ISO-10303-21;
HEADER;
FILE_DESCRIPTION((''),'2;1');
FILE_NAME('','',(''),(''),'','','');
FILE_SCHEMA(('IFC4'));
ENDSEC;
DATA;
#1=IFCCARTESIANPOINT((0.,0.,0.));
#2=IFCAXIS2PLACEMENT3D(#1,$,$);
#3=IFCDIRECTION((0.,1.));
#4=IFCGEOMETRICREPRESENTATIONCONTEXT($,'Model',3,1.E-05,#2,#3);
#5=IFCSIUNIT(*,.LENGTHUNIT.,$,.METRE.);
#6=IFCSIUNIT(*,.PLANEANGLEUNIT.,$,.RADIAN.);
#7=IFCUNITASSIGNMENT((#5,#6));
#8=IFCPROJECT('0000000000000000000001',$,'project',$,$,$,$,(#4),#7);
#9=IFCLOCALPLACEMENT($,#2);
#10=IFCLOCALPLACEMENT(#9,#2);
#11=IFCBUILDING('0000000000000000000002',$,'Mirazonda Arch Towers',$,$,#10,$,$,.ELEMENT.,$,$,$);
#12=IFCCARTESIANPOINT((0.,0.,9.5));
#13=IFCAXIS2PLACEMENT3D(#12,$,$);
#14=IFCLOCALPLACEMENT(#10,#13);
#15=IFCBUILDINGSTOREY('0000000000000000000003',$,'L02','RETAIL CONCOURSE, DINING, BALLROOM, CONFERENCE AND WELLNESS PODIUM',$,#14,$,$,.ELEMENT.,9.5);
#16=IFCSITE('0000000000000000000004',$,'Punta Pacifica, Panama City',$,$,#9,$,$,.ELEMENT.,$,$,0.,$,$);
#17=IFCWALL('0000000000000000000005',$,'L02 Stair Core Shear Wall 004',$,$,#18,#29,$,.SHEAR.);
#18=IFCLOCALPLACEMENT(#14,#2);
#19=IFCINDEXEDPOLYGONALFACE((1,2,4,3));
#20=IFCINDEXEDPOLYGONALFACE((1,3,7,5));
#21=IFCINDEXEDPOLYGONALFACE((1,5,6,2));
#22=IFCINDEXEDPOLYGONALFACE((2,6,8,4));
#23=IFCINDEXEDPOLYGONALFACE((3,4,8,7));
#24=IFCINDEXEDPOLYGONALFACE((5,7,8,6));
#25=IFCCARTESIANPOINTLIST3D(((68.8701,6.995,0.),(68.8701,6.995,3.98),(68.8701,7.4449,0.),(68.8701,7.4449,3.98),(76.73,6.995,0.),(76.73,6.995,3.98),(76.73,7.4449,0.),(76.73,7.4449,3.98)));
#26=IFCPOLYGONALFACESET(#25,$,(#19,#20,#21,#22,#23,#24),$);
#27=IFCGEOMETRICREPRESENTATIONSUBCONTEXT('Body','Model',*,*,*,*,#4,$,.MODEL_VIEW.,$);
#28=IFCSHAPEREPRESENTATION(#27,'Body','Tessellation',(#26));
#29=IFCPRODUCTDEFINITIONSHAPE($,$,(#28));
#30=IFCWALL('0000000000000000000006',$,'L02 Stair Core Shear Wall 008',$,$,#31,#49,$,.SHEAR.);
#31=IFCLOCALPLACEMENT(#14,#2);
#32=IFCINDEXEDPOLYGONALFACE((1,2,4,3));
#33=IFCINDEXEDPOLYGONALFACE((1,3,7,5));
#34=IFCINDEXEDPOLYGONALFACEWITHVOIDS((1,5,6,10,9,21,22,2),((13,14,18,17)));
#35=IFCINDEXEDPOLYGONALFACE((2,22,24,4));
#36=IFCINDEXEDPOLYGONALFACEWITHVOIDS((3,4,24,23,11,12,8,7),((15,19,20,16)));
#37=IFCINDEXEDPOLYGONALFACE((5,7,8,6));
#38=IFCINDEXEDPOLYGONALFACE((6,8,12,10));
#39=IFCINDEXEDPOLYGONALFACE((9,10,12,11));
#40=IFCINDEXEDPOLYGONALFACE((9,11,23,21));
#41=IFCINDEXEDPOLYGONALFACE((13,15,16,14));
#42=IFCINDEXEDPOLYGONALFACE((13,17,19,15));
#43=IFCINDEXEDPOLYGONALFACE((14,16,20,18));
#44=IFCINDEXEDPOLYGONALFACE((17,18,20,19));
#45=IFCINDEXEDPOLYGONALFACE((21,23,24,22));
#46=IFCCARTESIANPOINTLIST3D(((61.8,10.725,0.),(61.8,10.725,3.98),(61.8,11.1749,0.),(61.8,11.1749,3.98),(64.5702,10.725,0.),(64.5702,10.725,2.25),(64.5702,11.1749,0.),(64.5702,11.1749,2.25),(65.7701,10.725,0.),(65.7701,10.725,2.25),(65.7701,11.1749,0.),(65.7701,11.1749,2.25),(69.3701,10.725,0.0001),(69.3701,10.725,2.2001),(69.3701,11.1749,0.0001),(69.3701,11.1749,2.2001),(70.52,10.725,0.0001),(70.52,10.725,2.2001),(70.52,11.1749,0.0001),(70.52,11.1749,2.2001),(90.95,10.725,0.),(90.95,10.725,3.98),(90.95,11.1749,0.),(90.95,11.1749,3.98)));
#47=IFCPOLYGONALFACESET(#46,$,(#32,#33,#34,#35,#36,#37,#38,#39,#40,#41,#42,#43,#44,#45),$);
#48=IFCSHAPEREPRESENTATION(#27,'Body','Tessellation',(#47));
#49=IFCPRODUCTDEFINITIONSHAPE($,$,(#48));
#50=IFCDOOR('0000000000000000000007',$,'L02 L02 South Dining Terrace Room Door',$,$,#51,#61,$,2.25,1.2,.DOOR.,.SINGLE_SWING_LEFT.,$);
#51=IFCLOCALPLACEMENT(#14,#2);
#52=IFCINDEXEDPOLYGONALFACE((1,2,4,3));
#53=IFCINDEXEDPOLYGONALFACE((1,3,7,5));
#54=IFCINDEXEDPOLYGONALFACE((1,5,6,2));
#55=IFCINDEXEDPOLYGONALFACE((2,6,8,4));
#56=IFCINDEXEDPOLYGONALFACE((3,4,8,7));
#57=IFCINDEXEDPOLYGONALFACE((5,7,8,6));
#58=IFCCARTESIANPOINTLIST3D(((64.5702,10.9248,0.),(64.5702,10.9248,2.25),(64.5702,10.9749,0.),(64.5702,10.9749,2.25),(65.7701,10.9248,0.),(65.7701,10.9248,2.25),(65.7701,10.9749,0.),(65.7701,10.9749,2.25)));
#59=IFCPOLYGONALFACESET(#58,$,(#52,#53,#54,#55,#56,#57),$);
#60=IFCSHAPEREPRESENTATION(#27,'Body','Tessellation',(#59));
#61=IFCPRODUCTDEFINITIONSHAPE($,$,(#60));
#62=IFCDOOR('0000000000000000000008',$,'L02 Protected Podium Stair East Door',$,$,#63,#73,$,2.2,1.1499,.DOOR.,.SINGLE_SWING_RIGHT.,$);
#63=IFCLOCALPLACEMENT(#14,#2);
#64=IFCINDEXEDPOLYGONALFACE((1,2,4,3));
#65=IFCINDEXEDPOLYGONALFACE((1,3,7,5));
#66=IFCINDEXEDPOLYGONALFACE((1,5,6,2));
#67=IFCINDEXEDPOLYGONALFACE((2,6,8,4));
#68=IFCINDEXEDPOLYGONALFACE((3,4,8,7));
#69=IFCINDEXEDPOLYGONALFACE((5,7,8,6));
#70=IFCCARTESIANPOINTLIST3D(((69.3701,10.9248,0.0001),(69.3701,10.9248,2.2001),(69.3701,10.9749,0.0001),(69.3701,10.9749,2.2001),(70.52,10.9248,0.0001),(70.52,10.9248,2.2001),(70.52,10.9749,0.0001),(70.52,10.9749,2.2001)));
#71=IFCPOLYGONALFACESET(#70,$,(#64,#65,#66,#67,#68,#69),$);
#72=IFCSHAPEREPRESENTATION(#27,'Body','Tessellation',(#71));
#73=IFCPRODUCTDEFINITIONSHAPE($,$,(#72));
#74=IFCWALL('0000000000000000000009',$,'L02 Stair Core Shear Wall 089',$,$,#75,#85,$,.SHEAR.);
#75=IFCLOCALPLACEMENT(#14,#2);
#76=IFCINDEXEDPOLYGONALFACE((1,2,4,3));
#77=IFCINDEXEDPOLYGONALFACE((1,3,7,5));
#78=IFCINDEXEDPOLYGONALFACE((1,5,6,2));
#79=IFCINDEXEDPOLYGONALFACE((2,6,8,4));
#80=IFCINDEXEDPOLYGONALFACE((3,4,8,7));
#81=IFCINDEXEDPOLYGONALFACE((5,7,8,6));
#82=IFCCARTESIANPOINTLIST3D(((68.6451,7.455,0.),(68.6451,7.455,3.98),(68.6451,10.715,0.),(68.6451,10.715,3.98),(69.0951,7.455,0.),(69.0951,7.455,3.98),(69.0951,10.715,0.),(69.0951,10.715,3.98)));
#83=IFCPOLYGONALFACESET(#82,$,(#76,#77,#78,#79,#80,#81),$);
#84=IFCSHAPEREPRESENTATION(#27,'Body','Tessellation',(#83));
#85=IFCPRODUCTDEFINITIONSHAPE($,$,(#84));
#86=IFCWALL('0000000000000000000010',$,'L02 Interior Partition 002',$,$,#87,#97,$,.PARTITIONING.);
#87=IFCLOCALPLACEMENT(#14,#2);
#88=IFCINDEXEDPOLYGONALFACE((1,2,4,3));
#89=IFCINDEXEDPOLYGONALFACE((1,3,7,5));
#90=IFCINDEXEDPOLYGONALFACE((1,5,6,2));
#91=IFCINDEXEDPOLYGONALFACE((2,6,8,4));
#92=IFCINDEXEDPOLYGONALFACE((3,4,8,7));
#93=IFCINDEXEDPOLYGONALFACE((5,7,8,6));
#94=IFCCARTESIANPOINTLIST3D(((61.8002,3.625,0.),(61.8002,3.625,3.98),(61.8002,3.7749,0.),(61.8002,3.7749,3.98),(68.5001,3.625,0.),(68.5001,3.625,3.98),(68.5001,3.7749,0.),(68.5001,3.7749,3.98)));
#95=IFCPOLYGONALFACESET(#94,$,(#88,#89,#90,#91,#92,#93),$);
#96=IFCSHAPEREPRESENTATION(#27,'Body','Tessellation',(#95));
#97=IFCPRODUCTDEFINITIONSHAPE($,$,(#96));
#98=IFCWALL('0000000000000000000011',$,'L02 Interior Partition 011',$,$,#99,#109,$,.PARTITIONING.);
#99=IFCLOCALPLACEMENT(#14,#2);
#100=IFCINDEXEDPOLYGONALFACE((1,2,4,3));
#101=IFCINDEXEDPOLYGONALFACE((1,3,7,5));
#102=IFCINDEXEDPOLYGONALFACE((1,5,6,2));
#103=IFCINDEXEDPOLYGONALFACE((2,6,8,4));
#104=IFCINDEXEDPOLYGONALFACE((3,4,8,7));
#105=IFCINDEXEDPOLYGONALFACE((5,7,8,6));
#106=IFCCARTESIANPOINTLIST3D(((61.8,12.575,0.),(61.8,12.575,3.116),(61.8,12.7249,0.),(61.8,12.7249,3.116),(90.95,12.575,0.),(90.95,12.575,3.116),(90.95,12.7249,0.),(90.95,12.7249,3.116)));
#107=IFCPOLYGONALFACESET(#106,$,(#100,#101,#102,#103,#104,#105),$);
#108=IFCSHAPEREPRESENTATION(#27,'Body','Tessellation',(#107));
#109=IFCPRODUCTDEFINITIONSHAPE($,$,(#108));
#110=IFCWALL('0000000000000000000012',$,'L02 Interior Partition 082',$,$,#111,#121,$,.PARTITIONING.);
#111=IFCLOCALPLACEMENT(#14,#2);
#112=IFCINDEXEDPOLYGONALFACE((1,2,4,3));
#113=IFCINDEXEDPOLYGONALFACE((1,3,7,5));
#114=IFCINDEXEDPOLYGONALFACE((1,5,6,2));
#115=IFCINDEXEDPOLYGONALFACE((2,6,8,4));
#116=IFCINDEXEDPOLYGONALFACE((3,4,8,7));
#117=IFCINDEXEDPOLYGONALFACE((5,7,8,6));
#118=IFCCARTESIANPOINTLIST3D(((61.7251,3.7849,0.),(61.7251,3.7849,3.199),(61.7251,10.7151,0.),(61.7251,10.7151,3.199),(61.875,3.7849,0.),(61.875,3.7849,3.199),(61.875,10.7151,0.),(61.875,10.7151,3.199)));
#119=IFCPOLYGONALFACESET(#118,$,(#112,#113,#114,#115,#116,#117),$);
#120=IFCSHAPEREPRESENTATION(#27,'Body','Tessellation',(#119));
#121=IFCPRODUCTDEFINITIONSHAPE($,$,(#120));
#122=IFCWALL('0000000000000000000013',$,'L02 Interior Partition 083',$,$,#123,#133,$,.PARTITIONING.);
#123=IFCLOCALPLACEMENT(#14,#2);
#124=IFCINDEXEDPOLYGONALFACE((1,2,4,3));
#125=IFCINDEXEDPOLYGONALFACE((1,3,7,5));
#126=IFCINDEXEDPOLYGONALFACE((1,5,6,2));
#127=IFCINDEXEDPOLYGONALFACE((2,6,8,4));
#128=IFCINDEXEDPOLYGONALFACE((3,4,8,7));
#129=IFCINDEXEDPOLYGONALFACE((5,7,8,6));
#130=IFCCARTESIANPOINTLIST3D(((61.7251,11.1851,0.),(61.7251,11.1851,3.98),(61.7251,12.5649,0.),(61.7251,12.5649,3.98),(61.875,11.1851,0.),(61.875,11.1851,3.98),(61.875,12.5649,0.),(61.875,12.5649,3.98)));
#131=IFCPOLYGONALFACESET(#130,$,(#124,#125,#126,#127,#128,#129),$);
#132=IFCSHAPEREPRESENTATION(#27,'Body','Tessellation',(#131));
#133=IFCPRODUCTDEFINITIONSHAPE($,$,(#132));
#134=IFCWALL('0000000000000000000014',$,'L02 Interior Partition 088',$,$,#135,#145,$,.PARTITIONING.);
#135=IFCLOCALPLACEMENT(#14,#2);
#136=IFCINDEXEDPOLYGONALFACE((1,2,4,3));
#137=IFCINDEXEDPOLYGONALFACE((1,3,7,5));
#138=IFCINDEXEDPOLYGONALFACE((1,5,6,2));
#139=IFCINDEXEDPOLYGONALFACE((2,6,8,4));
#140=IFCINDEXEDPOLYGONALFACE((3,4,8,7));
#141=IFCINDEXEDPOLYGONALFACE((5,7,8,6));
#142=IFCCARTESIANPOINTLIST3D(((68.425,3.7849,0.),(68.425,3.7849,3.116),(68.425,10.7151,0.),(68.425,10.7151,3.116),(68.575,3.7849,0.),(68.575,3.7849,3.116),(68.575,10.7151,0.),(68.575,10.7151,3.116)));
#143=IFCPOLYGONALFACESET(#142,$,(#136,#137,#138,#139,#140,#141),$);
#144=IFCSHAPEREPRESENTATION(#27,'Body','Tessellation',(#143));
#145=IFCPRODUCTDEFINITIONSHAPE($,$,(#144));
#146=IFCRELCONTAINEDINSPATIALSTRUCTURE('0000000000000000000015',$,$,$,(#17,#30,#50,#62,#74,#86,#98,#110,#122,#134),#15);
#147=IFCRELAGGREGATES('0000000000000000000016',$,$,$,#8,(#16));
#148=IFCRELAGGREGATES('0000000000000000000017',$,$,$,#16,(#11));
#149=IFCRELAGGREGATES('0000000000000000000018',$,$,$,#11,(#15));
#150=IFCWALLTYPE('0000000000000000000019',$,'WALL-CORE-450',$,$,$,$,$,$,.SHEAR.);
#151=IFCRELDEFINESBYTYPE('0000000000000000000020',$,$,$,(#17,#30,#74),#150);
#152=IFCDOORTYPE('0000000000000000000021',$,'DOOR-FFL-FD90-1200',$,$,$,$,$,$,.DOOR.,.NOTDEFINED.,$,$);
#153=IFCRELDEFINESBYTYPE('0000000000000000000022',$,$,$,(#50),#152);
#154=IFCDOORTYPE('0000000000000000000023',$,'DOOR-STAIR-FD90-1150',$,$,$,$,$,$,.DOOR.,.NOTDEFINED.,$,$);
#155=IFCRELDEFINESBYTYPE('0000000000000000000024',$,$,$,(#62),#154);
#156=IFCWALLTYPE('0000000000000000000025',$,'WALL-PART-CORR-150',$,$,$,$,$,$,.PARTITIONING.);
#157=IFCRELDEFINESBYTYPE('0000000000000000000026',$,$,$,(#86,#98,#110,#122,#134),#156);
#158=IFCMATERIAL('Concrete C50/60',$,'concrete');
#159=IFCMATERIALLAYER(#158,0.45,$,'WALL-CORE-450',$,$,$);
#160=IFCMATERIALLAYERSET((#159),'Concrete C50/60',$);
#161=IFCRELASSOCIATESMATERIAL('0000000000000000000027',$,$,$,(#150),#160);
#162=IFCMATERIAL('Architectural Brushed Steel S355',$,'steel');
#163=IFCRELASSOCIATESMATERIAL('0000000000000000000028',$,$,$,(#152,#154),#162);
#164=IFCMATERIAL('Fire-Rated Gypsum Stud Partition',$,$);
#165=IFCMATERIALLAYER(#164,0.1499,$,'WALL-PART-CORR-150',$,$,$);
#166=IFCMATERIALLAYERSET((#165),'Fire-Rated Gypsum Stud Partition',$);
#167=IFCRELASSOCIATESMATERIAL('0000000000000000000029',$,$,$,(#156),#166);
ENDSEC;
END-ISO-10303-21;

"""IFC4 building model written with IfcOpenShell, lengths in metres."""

from ifc_helpers import new_model, si_unit, direction, frame, frame_2d, origin, place, context, subcontext, project, spatial, rectangle, extrude, material, layer, layer_set, type_object, element, fill, save


model = new_model("IFC4")

# Units and contexts
model_context = context("Model", 3, precision=1e-05, world=origin(), true_north=direction((0.0, 1.0)))
body_context = subcontext(model_context, "Body", "Model", "MODEL_VIEW")
ifc_project = project(units=[si_unit("LENGTHUNIT", "METRE"), si_unit("PLANEANGLEUNIT", "RADIAN")], contexts=[model_context])

# Site, building, storey
site_placement = place(None, origin())
site = spatial("IfcSite", under=ifc_project, at=site_placement, Name="Punta Pacifica, Panama City", CompositionType="ELEMENT", RefElevation=0.0)
building_placement = place(site_placement, origin())
building = spatial("IfcBuilding", under=site, at=building_placement, Name="Mirazonda Arch Towers", CompositionType="ELEMENT")
storey_placement = place(building_placement, frame((0.0, 0.0, 9.5)))
storey = spatial("IfcBuildingStorey", under=building, at=storey_placement, Name="L02", Description="RETAIL CONCOURSE, DINING, BALLROOM, CONFERENCE AND WELLNESS PODIUM", CompositionType="ELEMENT", Elevation=9.5)

# Shared definitions
ifc_material_1 = material(Name="Concrete C50/60", Category="concrete")

# Wall
ifc_layer_1 = layer(ifc_material_1, 0.45, Name="WALL-CORE-450")
ifc_layer_set_1 = layer_set([ifc_layer_1], Name="Concrete C50/60")
wall_type_1 = type_object("IfcWallType", Name="WALL-CORE-450", PredefinedType="SHEAR", material=ifc_layer_set_1)
wall_1_placement = place(storey_placement, frame((68.8701, 7.22, 0.0), z_axis=(0.0, 0.0, 1.0), x_axis=(1.0, 0.0, 0.0)))
element("IfcWall", 1, at=wall_1_placement, inside=storey, type_object=wall_type_1, Name="L02 Stair Core Shear Wall 004", PredefinedType="SHEAR", context=body_context, shape_type="SweptSolid", body=[
    extrude(rectangle(XDim=7.8599, YDim=0.45, at=frame_2d((3.9299, 0.0))), origin(), (0.0, 0.0, 1.0), 3.98),
])

# Wall, openings, doors
wall_2_placement = place(storey_placement, frame((61.8, 10.95, 0.0), z_axis=(0.0, 0.0, 1.0), x_axis=(1.0, 0.0, 0.0)))
wall_2 = element("IfcWall", 2, at=wall_2_placement, inside=storey, type_object=wall_type_1, Name="L02 Stair Core Shear Wall 008", PredefinedType="SHEAR", context=body_context, shape_type="SweptSolid", body=[
    extrude(rectangle(XDim=29.1499, YDim=0.45, at=frame_2d((14.575, 0.0))), origin(), (0.0, 0.0, 1.0), 3.98),
])
opening_1_placement = place(wall_2_placement, frame((7.5701, 0.0, 0.0)))
opening_1 = element("IfcOpeningElement", 3, at=opening_1_placement, cuts=wall_2, PredefinedType="OPENING", context=body_context, shape_type="SweptSolid", body=[
    extrude(rectangle(XDim=1.1499, YDim=2.2, at=frame_2d((0.575, 1.1001))), frame((0.0, 0.2349, 0.0), z_axis=(0.0, -1.0, 0.0), x_axis=(1.0, 0.0, 0.0)), (0.0, 0.0, 1.0), 0.47),
])
opening_2_placement = place(wall_2_placement, frame((2.77, 0.0, 0.0)))
opening_2 = element("IfcOpeningElement", 4, at=opening_2_placement, cuts=wall_2, PredefinedType="OPENING", context=body_context, shape_type="SweptSolid", body=[
    extrude(rectangle(XDim=1.2, YDim=2.25, at=frame_2d((0.6001, 1.125))), frame((0.0, 0.2349, 0.0), z_axis=(0.0, -1.0, 0.0), x_axis=(1.0, 0.0, 0.0)), (0.0, 0.0, 1.0), 0.47),
])
ifc_material_2 = material(Name="Architectural Brushed Steel S355", Category="steel")
door_type_1 = type_object("IfcDoorType", Name="DOOR-FFL-FD90-1200", OperationType="NOTDEFINED", PredefinedType="DOOR", material=ifc_material_2)
door_1_placement = place(opening_2_placement, origin())
door_1 = element("IfcDoor", 5, at=door_1_placement, inside=storey, type_object=door_type_1, Name="L02 L02 South Dining Terrace Room Door", OperationType="SINGLE_SWING_LEFT", OverallHeight=2.25, OverallWidth=1.2, PredefinedType="DOOR", context=body_context, shape_type="SweptSolid", body=[
    extrude(rectangle(XDim=1.2, YDim=2.25, at=frame_2d((0.6001, 1.125))), frame((0.0, 0.0249, 0.0), z_axis=(0.0, -1.0, 0.0), x_axis=(1.0, 0.0, 0.0)), (0.0, 0.0, 1.0), 0.05),
])
fill(opening_2, door_1)
door_type_2 = type_object("IfcDoorType", Name="DOOR-STAIR-FD90-1150", OperationType="NOTDEFINED", PredefinedType="DOOR", material=ifc_material_2)
door_2_placement = place(opening_1_placement, origin())
door_2 = element("IfcDoor", 6, at=door_2_placement, inside=storey, type_object=door_type_2, Name="L02 Protected Podium Stair East Door", OperationType="SINGLE_SWING_RIGHT", OverallHeight=2.2, OverallWidth=1.1499, PredefinedType="DOOR", context=body_context, shape_type="SweptSolid", body=[
    extrude(rectangle(XDim=1.1499, YDim=2.2, at=frame_2d((0.575, 1.1001))), frame((0.0, 0.0249, 0.0), z_axis=(0.0, -1.0, 0.0), x_axis=(1.0, 0.0, 0.0)), (0.0, 0.0, 1.0), 0.05),
])
fill(opening_1, door_2)

# Walls
wall_3_placement = place(storey_placement, frame((68.8701, 7.4551, 0.0), z_axis=(0.0, 0.0, 1.0), x_axis=(0.0, 1.0, 0.0)))
element("IfcWall", 7, at=wall_3_placement, inside=storey, type_object=wall_type_1, Name="L02 Stair Core Shear Wall 089", PredefinedType="SHEAR", context=body_context, shape_type="SweptSolid", body=[
    extrude(rectangle(XDim=3.26, YDim=0.45, at=frame_2d((1.6299, 0.0))), origin(), (0.0, 0.0, 1.0), 3.98),
])
ifc_material_3 = material(Name="Fire-Rated Gypsum Stud Partition")
ifc_layer_2 = layer(ifc_material_3, 0.1499, Name="WALL-PART-CORR-150")
ifc_layer_set_2 = layer_set([ifc_layer_2], Name="Fire-Rated Gypsum Stud Partition")
wall_type_2 = type_object("IfcWallType", Name="WALL-PART-CORR-150", PredefinedType="PARTITIONING", material=ifc_layer_set_2)
wall_4_placement = place(storey_placement, frame((61.8, 3.7, 0.0), z_axis=(0.0, 0.0, 1.0), x_axis=(1.0, 0.0, 0.0)))
element("IfcWall", 8, at=wall_4_placement, inside=storey, type_object=wall_type_2, Name="L02 Interior Partition 002", PredefinedType="PARTITIONING", context=body_context, shape_type="SweptSolid", body=[
    extrude(rectangle(XDim=6.7, YDim=0.1499, at=frame_2d((3.3501, 0.0))), origin(), (0.0, 0.0, 1.0), 3.98),
])
wall_5_placement = place(storey_placement, frame((61.8, 12.6499, 0.0), z_axis=(0.0, 0.0, 1.0), x_axis=(1.0, 0.0, 0.0)))
element("IfcWall", 9, at=wall_5_placement, inside=storey, type_object=wall_type_2, Name="L02 Interior Partition 011", PredefinedType="PARTITIONING", context=body_context, shape_type="SweptSolid", body=[
    extrude(rectangle(XDim=29.1499, YDim=0.1499, at=frame_2d((14.575, 0.0))), origin(), (0.0, 0.0, 1.0), 3.116),
])
wall_6_placement = place(storey_placement, frame((61.8, 3.7849, 0.0), z_axis=(0.0, 0.0, 1.0), x_axis=(0.0, 1.0, 0.0)))
element("IfcWall", 10, at=wall_6_placement, inside=storey, type_object=wall_type_2, Name="L02 Interior Partition 082", PredefinedType="PARTITIONING", context=body_context, shape_type="SweptSolid", body=[
    extrude(rectangle(XDim=6.9302, YDim=0.1499, at=frame_2d((3.4651, 0.0))), origin(), (0.0, 0.0, 1.0), 3.199),
])
wall_7_placement = place(storey_placement, frame((61.8, 11.1851, 0.0), z_axis=(0.0, 0.0, 1.0), x_axis=(0.0, 1.0, 0.0)))
element("IfcWall", 11, at=wall_7_placement, inside=storey, type_object=wall_type_2, Name="L02 Interior Partition 083", PredefinedType="PARTITIONING", context=body_context, shape_type="SweptSolid", body=[
    extrude(rectangle(XDim=1.3799, YDim=0.1499, at=frame_2d((0.6899, 0.0))), origin(), (0.0, 0.0, 1.0), 3.98),
])
wall_8_placement = place(storey_placement, frame((68.5, 3.7849, 0.0), z_axis=(0.0, 0.0, 1.0), x_axis=(0.0, 1.0, 0.0)))
element("IfcWall", 12, at=wall_8_placement, inside=storey, type_object=wall_type_2, Name="L02 Interior Partition 088", PredefinedType="PARTITIONING", context=body_context, shape_type="SweptSolid", body=[
    extrude(rectangle(XDim=6.9302, YDim=0.1499, at=frame_2d((3.4651, 0.0))), origin(), (0.0, 0.0, 1.0), 3.116),
])

save(model, "model.ifc")
